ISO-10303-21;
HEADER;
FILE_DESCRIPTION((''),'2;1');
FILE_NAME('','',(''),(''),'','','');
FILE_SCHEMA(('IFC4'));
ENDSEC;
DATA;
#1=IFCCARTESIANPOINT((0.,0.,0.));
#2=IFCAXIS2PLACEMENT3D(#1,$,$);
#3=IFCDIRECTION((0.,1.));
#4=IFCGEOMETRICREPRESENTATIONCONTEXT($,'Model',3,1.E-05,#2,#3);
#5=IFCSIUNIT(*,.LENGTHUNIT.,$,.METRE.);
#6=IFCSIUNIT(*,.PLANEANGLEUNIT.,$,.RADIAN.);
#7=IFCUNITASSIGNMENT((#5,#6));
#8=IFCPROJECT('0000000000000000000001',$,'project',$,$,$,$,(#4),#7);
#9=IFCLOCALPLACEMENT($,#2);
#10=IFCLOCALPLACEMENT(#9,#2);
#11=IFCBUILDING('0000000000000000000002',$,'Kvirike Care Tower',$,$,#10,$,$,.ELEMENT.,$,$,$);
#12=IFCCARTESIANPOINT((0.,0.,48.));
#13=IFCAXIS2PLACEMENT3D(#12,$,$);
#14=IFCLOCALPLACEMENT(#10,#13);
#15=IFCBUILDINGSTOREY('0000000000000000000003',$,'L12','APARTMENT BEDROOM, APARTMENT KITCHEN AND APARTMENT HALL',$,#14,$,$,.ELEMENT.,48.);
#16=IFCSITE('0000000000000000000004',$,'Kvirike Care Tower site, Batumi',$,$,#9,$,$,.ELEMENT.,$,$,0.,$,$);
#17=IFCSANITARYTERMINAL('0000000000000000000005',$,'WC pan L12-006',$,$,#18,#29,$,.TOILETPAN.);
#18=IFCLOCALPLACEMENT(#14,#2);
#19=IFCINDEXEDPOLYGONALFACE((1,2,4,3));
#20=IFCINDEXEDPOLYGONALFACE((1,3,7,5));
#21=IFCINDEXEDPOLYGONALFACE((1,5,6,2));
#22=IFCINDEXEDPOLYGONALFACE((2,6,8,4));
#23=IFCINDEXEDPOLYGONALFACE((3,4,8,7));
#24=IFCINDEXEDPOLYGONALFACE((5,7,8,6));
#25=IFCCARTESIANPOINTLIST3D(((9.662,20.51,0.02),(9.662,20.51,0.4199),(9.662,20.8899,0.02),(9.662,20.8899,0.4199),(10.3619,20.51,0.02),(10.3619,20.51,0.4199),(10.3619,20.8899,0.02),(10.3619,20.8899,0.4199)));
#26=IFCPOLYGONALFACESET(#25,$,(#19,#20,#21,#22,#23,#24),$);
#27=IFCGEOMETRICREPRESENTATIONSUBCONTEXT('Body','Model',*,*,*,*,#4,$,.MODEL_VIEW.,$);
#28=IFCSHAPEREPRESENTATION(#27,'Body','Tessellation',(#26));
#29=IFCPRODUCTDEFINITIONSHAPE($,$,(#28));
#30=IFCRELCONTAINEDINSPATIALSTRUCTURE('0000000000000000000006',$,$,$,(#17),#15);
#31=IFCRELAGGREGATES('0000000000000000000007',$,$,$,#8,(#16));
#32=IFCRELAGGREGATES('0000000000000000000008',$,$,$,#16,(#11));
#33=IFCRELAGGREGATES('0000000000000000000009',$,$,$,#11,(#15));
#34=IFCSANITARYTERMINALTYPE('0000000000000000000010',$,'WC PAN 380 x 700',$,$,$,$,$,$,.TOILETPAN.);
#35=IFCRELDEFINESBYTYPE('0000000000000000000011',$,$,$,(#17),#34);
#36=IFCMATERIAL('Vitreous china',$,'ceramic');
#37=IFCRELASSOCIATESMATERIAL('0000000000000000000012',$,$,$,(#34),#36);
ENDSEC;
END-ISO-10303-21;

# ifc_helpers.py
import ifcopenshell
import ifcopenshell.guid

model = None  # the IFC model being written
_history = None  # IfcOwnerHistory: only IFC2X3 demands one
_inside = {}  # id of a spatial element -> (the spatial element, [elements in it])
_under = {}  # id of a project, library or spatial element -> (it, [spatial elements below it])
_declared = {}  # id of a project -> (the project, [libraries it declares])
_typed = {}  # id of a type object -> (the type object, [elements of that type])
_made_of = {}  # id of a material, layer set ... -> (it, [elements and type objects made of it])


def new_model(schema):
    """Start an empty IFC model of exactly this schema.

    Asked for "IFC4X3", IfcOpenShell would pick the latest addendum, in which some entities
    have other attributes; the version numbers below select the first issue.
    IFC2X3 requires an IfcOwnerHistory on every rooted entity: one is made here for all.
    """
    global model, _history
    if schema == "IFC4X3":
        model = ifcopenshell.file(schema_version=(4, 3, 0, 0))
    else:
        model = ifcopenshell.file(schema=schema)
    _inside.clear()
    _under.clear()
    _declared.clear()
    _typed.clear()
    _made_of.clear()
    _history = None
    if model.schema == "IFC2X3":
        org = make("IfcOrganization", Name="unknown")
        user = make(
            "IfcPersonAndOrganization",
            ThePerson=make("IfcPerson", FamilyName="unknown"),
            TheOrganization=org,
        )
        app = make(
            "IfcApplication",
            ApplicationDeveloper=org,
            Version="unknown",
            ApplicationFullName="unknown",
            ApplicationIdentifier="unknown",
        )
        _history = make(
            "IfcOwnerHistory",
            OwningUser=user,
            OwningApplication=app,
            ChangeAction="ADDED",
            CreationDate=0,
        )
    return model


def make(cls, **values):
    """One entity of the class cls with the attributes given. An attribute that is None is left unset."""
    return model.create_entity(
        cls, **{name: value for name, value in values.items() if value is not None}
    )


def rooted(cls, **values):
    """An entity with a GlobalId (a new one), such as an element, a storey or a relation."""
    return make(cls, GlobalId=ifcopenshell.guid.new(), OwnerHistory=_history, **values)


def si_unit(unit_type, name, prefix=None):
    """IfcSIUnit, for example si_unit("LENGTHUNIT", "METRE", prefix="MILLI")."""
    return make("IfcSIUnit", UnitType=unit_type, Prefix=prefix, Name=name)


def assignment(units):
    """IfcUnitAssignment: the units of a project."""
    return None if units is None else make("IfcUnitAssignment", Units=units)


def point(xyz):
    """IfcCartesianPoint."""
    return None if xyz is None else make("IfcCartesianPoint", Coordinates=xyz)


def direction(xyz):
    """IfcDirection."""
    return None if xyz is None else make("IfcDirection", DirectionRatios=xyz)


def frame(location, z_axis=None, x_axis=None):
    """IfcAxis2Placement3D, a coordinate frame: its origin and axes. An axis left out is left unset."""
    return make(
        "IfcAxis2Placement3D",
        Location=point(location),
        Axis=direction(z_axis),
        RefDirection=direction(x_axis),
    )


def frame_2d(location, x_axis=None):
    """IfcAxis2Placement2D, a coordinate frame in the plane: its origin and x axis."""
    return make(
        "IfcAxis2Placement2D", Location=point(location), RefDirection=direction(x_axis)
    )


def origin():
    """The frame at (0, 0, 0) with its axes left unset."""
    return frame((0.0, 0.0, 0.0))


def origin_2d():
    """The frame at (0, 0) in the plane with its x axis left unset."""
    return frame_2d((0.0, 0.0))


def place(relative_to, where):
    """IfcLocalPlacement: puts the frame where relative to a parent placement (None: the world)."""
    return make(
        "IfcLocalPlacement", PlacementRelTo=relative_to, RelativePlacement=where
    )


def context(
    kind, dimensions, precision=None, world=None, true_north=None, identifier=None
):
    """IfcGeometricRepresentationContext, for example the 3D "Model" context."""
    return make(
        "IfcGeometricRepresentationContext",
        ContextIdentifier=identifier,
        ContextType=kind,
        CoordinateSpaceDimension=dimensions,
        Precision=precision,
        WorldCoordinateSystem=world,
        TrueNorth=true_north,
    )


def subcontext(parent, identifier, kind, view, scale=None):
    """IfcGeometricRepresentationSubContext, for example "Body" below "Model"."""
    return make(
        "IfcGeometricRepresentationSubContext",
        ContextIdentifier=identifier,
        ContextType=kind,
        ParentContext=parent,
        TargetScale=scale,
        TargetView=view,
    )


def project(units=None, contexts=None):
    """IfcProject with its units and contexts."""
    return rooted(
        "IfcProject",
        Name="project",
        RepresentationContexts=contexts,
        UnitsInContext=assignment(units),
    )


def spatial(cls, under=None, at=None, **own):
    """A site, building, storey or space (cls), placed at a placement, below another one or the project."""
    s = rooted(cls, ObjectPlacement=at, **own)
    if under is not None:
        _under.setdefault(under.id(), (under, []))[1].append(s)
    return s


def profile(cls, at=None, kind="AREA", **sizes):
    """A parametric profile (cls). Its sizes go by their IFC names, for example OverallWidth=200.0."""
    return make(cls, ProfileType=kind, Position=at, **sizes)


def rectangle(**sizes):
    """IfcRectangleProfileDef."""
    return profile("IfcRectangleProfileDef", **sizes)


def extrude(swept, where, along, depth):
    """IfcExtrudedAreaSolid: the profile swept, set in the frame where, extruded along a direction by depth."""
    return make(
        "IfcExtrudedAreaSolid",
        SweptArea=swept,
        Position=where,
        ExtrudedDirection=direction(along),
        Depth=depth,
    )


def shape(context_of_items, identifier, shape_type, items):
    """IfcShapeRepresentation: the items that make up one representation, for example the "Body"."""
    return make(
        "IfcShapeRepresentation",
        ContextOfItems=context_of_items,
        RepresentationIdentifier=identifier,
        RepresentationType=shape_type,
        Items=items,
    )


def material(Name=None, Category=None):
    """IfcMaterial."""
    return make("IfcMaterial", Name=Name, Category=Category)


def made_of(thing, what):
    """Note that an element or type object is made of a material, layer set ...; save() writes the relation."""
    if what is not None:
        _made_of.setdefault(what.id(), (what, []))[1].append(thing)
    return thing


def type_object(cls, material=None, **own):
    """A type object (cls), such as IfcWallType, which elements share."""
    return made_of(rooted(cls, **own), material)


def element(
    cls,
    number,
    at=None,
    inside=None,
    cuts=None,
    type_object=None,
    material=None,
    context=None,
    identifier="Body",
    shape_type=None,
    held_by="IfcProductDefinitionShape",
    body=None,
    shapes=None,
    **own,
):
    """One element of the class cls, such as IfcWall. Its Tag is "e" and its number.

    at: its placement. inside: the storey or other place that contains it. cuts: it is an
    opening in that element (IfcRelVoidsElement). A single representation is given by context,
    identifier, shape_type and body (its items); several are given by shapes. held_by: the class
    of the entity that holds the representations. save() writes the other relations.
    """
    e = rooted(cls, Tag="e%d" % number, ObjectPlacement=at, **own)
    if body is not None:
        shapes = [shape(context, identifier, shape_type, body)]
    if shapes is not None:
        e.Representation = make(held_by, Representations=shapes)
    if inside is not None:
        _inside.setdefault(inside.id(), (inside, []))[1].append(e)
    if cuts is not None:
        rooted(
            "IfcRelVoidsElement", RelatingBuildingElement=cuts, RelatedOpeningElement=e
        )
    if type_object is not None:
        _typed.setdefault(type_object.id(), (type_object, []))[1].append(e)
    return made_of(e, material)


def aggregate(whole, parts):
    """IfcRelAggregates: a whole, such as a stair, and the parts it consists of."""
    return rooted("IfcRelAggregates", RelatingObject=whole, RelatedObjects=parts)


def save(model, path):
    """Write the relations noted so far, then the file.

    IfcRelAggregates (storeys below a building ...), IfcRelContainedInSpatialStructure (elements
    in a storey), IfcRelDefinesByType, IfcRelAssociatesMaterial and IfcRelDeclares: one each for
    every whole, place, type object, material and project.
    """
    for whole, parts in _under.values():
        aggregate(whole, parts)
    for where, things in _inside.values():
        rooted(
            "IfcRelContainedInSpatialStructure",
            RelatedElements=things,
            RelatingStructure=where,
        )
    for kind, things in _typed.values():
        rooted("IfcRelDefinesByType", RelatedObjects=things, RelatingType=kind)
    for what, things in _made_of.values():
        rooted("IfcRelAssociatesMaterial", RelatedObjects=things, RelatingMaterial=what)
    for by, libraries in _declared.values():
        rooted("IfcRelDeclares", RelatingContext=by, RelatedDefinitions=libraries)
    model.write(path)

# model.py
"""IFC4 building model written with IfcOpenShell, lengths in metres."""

from ifc_helpers import new_model, si_unit, direction, frame, origin, origin_2d, place, context, subcontext, project, spatial, rectangle, extrude, material, type_object, element, save


model = new_model("IFC4")

# Units and contexts
model_context = context("Model", 3, precision=1e-05, world=origin(), true_north=direction((0.0, 1.0)))
body_context = subcontext(model_context, "Body", "Model", "MODEL_VIEW")
ifc_project = project(units=[si_unit("LENGTHUNIT", "METRE"), si_unit("PLANEANGLEUNIT", "RADIAN")], contexts=[model_context])

# Site, building, storey
site_placement = place(None, origin())
site = spatial("IfcSite", under=ifc_project, at=site_placement, Name="Kvirike Care Tower site, Batumi", CompositionType="ELEMENT", RefElevation=0.0)
building_placement = place(site_placement, origin())
building = spatial("IfcBuilding", under=site, at=building_placement, Name="Kvirike Care Tower", CompositionType="ELEMENT")
storey_placement = place(building_placement, frame((0.0, 0.0, 48.0)))
storey = spatial("IfcBuildingStorey", under=building, at=storey_placement, Name="L12", Description="APARTMENT BEDROOM, APARTMENT KITCHEN AND APARTMENT HALL", CompositionType="ELEMENT", Elevation=48.0)

# Sanitary terminal
ifc_material_1 = material(Name="Vitreous china", Category="ceramic")
sanitary_terminal_type_1 = type_object("IfcSanitaryTerminalType", Name="WC PAN 380 x 700", PredefinedType="TOILETPAN", material=ifc_material_1)
sanitary_terminal_1_placement = place(storey_placement, frame((10.012, 20.7, 0.02), z_axis=(0.0, 0.0, 1.0), x_axis=(0.0, 1.0, 0.0)))
element("IfcSanitaryTerminal", 1, at=sanitary_terminal_1_placement, inside=storey, type_object=sanitary_terminal_type_1, Name="WC pan L12-006", PredefinedType="TOILETPAN", context=body_context, shape_type="SweptSolid", body=[
    extrude(rectangle(XDim=0.3799, YDim=0.7, at=origin_2d()), origin(), (0.0, 0.0, 1.0), 0.3999),
])

save(model, "model.ifc")
